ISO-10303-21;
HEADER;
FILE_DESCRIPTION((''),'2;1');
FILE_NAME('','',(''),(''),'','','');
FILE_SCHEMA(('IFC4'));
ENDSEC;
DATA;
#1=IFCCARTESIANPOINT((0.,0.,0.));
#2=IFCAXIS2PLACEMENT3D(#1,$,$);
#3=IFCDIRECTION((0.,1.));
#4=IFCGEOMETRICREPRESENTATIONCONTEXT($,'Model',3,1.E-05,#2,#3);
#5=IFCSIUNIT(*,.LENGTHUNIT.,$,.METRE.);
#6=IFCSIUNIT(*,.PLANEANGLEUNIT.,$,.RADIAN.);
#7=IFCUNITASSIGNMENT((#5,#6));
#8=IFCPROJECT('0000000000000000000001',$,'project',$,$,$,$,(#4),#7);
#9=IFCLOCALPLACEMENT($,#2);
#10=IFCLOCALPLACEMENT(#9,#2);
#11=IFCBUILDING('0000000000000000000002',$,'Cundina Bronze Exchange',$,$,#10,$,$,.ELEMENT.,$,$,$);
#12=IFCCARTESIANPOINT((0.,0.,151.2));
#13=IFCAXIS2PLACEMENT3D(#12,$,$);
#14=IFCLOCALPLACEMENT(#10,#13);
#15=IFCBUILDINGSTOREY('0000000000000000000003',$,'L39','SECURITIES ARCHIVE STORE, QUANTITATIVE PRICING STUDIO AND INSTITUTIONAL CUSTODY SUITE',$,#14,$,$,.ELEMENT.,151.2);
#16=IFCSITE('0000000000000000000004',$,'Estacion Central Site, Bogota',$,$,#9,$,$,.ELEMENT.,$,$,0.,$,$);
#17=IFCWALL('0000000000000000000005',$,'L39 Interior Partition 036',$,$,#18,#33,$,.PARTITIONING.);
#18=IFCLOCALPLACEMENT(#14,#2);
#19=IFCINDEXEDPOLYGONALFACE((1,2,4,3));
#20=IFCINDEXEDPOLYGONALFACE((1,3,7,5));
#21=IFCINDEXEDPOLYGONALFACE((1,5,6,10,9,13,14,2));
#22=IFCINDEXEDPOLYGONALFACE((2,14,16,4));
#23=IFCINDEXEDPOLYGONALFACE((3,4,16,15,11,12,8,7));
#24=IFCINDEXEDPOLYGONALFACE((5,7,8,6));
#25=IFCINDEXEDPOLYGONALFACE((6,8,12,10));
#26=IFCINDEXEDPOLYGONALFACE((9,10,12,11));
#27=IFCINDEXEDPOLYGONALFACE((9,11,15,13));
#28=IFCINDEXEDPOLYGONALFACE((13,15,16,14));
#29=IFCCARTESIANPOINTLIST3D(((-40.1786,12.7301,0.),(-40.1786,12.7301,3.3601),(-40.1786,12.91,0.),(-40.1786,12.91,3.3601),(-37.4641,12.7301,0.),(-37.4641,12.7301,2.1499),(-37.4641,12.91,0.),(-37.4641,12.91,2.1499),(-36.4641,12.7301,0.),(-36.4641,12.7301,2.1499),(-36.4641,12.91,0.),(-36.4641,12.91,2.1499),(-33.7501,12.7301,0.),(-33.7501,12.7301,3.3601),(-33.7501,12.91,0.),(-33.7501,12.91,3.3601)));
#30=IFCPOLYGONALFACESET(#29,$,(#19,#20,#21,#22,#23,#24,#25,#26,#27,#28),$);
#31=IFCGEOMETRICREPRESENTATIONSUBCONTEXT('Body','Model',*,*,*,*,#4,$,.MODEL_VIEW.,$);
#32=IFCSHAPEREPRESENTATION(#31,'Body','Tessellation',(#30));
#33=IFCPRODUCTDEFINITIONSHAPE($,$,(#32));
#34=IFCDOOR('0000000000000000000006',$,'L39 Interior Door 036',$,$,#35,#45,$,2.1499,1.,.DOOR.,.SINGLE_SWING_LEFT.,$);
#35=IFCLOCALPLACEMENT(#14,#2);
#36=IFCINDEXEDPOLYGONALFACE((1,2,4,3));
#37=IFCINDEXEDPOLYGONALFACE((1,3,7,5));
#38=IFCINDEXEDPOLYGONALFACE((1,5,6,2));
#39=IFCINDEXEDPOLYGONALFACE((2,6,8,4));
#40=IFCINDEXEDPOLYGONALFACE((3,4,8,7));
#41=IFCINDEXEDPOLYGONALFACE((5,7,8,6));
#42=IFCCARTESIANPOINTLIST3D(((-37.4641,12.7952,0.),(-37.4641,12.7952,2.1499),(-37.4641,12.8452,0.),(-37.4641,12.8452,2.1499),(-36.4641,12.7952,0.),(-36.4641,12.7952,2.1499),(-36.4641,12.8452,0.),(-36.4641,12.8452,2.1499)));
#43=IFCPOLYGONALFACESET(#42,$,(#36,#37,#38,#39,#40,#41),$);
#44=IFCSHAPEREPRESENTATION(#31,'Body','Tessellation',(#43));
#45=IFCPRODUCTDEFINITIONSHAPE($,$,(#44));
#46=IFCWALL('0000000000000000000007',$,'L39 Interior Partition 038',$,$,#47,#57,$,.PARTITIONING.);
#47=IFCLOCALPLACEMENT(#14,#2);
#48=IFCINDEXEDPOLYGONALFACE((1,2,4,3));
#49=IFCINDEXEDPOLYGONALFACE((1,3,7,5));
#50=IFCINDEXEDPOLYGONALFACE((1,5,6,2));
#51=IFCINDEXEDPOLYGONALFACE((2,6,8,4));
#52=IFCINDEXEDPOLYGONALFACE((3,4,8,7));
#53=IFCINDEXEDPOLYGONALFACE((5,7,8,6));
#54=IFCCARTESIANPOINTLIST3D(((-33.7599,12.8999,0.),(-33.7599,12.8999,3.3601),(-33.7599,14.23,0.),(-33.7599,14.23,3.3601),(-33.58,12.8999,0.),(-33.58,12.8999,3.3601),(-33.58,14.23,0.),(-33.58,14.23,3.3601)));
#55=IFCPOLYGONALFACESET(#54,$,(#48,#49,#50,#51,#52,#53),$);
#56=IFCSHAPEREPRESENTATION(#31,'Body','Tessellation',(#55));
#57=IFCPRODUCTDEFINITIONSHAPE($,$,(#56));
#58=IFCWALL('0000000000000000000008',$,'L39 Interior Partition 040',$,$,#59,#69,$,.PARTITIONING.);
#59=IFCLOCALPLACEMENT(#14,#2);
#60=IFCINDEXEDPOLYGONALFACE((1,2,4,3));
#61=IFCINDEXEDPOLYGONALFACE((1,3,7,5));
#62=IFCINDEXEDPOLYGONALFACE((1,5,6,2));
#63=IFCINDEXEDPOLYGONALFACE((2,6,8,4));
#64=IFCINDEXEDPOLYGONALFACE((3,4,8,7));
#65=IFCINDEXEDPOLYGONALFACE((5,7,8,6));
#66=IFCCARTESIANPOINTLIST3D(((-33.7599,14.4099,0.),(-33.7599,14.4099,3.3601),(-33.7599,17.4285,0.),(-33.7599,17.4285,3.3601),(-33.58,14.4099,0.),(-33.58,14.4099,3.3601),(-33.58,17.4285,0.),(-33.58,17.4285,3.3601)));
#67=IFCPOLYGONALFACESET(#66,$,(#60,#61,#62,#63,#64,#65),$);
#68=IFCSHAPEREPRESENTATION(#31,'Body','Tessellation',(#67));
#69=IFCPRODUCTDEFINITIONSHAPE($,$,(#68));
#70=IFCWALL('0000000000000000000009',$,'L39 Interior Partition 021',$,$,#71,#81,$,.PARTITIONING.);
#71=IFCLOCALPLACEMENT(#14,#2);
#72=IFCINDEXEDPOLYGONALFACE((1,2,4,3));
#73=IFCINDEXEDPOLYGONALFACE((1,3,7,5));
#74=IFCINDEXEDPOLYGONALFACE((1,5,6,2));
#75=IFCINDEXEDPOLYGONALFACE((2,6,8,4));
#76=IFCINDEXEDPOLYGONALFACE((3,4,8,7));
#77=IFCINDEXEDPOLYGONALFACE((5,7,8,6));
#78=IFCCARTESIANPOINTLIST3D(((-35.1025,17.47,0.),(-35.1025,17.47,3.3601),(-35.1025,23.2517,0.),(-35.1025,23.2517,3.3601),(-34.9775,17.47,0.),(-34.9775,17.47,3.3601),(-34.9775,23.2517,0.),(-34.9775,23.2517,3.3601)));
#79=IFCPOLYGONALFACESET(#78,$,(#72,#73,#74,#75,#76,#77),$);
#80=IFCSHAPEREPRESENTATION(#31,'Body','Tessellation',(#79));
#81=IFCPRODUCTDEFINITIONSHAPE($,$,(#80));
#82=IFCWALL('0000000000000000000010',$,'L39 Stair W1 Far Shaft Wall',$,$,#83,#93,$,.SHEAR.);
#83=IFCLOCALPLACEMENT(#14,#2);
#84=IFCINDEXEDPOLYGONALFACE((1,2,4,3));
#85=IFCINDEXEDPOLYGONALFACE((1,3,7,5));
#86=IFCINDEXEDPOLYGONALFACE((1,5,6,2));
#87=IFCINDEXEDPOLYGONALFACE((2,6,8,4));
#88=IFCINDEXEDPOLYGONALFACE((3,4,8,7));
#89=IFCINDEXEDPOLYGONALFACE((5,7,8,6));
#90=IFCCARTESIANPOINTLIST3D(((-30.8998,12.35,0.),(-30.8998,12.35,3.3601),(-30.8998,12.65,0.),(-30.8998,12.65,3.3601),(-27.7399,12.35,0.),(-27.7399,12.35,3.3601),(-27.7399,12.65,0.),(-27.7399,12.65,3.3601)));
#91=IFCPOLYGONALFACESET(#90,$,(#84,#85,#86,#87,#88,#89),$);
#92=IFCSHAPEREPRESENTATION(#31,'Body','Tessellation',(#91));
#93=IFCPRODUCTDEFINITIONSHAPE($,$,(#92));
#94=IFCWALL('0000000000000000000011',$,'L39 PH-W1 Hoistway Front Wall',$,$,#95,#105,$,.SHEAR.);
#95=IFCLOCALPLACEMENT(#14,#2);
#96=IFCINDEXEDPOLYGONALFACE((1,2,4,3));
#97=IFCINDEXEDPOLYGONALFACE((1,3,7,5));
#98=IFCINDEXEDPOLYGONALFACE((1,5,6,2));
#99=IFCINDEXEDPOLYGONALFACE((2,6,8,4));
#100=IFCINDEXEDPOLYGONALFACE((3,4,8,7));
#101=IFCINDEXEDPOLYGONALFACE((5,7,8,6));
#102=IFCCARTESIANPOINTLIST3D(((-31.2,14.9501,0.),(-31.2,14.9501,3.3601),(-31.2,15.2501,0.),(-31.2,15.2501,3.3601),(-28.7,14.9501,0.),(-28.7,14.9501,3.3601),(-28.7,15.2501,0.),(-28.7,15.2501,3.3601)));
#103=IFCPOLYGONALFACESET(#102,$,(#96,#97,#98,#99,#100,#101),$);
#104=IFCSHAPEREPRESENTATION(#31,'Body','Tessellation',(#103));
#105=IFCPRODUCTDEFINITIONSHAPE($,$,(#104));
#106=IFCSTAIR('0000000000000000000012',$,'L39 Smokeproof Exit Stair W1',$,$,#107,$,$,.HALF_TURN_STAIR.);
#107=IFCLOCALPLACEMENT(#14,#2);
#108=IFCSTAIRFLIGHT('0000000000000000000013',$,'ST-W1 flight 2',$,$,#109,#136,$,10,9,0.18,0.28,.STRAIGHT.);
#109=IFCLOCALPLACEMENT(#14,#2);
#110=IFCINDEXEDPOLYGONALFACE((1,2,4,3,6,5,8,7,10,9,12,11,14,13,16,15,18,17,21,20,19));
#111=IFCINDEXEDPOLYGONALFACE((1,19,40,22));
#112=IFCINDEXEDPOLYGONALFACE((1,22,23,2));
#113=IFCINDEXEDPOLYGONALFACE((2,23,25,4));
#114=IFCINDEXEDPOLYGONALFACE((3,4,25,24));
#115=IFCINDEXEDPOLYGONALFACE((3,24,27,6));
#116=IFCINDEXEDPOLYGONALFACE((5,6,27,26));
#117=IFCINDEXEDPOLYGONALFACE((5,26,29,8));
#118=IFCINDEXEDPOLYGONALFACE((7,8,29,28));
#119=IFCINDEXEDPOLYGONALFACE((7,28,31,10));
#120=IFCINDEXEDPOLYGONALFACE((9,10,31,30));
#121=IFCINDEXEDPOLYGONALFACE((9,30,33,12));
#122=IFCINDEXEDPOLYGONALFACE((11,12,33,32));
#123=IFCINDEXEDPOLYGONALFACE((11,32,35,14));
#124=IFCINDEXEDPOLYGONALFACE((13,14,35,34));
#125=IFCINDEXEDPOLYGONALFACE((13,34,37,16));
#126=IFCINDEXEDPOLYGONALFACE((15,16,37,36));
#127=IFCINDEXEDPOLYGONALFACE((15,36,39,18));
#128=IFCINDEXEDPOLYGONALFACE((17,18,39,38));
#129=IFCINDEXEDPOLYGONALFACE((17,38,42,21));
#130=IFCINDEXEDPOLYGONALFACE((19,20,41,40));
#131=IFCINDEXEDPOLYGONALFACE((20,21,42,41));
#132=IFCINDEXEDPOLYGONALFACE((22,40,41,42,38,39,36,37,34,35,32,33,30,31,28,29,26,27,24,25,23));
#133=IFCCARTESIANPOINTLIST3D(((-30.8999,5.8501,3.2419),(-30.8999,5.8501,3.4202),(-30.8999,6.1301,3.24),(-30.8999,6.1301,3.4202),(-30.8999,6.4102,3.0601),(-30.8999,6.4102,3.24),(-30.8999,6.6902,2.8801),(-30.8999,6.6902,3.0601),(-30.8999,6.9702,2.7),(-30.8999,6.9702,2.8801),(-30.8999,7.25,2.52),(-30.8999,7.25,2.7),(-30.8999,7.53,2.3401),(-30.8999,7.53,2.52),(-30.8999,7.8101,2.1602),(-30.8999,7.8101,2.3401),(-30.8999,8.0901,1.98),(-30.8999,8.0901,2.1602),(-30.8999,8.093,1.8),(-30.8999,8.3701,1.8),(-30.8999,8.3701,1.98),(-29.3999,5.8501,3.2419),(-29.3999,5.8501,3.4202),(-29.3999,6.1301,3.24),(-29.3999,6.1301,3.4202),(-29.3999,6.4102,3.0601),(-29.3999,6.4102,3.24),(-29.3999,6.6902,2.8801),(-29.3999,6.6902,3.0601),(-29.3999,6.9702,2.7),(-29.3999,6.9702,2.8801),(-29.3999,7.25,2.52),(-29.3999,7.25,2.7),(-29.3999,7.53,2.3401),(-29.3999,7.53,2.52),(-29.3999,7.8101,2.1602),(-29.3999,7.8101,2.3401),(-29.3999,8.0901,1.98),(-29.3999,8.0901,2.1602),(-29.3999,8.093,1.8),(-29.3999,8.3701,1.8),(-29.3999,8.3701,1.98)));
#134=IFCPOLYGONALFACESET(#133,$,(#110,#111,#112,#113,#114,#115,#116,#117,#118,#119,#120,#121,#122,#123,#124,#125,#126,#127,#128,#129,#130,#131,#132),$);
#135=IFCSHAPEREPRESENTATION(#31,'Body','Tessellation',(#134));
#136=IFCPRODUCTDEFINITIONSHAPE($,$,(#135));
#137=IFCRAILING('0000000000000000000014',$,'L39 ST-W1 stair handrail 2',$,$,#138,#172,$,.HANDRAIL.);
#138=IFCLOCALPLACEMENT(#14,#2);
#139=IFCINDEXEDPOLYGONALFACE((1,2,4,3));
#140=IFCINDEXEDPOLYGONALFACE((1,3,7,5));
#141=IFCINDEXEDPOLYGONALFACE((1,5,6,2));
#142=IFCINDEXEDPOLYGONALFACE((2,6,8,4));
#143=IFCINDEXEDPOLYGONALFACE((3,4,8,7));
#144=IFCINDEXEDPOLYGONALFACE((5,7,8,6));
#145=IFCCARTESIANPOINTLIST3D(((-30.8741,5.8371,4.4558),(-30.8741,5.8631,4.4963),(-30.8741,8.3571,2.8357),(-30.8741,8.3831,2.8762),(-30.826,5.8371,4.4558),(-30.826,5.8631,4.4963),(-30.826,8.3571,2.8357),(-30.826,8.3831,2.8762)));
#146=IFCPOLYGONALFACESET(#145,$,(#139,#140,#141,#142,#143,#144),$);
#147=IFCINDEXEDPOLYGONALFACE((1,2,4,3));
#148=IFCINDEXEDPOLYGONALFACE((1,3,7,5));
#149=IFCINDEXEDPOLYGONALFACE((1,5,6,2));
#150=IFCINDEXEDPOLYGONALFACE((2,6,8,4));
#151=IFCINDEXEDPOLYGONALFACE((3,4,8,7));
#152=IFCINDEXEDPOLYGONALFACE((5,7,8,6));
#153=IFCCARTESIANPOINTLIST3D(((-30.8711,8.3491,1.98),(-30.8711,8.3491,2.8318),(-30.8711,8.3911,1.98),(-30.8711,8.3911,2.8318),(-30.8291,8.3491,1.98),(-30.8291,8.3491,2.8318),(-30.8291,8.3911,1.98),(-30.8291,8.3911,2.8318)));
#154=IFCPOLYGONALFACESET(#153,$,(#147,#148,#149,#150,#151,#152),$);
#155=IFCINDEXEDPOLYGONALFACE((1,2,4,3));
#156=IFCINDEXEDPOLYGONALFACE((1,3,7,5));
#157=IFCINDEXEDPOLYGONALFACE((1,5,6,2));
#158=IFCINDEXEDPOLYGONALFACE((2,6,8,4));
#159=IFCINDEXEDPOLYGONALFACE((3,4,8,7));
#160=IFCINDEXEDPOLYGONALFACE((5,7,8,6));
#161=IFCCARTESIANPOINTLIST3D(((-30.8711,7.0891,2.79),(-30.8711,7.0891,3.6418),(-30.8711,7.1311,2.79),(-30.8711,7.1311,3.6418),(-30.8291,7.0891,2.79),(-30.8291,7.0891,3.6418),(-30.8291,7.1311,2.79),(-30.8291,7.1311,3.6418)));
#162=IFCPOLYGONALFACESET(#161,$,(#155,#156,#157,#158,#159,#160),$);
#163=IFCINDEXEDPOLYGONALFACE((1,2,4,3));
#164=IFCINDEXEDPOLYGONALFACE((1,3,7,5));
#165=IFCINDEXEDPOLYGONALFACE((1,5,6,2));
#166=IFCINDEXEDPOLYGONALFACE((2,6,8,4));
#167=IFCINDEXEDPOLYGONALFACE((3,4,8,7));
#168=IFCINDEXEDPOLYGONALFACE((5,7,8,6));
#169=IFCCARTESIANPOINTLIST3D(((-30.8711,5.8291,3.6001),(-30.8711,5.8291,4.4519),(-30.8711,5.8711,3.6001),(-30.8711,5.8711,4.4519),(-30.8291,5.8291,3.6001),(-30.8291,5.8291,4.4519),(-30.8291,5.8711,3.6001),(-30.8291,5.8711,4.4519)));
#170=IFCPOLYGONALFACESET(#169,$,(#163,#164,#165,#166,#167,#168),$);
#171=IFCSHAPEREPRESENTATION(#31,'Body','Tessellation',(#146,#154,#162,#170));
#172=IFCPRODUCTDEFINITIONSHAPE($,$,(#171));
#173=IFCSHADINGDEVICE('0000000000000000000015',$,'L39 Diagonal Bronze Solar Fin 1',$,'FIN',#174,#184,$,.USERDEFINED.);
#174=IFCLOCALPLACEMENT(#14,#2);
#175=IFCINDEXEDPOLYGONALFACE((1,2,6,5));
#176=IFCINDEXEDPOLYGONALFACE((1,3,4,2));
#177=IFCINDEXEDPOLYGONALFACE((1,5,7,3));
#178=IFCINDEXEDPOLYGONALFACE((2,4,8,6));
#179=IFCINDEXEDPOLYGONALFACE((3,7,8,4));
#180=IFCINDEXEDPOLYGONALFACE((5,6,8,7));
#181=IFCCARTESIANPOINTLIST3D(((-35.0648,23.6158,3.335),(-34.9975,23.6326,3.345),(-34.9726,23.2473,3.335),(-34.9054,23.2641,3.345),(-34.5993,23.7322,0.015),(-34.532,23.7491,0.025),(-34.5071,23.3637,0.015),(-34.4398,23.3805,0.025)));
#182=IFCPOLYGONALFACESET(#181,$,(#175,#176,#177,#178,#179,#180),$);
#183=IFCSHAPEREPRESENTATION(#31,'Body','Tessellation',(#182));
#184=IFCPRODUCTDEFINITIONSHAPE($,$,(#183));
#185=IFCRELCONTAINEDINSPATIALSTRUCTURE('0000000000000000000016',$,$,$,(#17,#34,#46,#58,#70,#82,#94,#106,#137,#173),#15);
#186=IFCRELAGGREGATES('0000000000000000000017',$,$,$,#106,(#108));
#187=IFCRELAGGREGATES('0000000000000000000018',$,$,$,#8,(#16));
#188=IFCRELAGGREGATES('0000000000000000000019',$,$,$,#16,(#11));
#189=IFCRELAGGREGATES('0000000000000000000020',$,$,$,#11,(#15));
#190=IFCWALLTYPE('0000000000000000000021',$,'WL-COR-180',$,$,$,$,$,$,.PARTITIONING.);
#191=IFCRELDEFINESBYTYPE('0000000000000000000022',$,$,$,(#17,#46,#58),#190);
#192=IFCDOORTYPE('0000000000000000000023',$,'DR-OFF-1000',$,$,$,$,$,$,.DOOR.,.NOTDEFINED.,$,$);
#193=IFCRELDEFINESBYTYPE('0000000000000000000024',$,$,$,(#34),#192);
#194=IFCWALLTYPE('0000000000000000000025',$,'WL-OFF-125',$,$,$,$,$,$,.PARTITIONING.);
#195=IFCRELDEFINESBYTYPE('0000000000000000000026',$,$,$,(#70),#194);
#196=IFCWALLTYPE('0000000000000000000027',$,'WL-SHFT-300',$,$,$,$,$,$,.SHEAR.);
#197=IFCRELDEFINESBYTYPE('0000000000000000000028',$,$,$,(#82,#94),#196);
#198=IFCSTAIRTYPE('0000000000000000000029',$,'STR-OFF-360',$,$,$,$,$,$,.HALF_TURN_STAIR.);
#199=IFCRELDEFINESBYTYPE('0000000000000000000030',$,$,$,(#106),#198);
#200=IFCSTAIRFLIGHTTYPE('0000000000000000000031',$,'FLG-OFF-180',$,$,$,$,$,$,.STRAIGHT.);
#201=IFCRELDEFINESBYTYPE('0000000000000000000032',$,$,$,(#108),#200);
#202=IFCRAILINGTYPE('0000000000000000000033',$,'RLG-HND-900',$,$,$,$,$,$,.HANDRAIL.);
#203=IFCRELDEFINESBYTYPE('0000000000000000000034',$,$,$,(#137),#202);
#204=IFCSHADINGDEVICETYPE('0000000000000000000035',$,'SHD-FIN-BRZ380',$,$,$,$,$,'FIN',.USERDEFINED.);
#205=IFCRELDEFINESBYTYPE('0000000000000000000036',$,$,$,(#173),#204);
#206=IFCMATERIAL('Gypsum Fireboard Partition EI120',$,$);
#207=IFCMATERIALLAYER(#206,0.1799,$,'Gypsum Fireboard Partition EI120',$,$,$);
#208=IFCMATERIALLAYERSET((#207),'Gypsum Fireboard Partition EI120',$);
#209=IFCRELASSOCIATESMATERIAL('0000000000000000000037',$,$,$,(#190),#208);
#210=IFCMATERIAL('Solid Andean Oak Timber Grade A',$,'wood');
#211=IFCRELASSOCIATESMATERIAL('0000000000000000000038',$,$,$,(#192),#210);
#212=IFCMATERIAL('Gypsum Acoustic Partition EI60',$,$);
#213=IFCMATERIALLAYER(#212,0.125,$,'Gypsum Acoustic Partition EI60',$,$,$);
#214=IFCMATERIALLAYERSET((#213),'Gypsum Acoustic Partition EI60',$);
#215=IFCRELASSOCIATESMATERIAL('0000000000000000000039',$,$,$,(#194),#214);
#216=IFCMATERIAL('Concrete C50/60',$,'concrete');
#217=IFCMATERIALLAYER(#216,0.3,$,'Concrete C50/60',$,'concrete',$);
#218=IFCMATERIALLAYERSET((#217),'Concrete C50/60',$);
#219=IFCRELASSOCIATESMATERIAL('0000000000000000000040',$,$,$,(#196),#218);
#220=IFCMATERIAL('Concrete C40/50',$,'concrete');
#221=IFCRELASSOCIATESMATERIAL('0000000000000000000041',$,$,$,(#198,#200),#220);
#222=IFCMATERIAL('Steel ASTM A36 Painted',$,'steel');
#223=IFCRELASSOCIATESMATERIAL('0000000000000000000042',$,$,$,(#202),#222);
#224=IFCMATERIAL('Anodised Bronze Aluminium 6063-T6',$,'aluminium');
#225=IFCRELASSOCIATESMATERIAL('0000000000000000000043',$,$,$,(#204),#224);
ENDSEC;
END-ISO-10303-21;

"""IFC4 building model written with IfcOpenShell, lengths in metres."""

from ifc_helpers import new_model, si_unit, direction, frame, frame_2d, origin, origin_2d, place, context, subcontext, project, spatial, polyline, rectangle, outline, extrude, material, layer, layer_set, material_profile, profile_set, type_object, element, fill, aggregate, save


model = new_model("IFC4")

# Units and contexts
model_context = context("Model", 3, precision=1e-05, world=origin(), true_north=direction((0.0, 1.0)))
body_context = subcontext(model_context, "Body", "Model", "MODEL_VIEW")
ifc_project = project(units=[si_unit("LENGTHUNIT", "METRE"), si_unit("PLANEANGLEUNIT", "RADIAN")], contexts=[model_context])

# Site, building, storey
site_placement = place(None, origin())
site = spatial("IfcSite", under=ifc_project, at=site_placement, Name="Estacion Central Site, Bogota", CompositionType="ELEMENT", RefElevation=0.0)
building_placement = place(site_placement, origin())
building = spatial("IfcBuilding", under=site, at=building_placement, Name="Cundina Bronze Exchange", CompositionType="ELEMENT")
storey_placement = place(building_placement, frame((0.0, 0.0, 151.2)))
storey = spatial("IfcBuildingStorey", under=building, at=storey_placement, Name="L39", Description="SECURITIES ARCHIVE STORE, QUANTITATIVE PRICING STUDIO AND INSTITUTIONAL CUSTODY SUITE", CompositionType="ELEMENT", Elevation=151.2)

# Shared definitions
ifc_material_1 = material(Name="Concrete C50/60", Category="concrete")

# Shared definitions
ifc_material_2 = material(Name="Anodised Bronze Aluminium 6063-T6", Category="aluminium")

# Shared definitions
ifc_material_3 = material(Name="Gypsum Fireboard Partition EI120")
ifc_layer_1 = layer(ifc_material_3, 0.1799, Name="Gypsum Fireboard Partition EI120")
ifc_layer_set_1 = layer_set([ifc_layer_1], Name="Gypsum Fireboard Partition EI120")
wall_type_1 = type_object("IfcWallType", Name="WL-COR-180", PredefinedType="PARTITIONING", material=ifc_layer_set_1)
ifc_material_4 = material(Name="Solid Andean Oak Timber Grade A", Category="wood")
door_type_1 = type_object("IfcDoorType", Name="DR-OFF-1000", OperationType="NOTDEFINED", PredefinedType="DOOR", material=ifc_material_4)

# Wall, opening, door
wall_1_placement = place(storey_placement, frame((-33.75, 12.8201, 0.0), z_axis=(0.0, 0.0, 1.0), x_axis=(-1.0, 0.0, 0.0)))
wall_1 = element("IfcWall", 1, at=wall_1_placement, inside=storey, type_object=wall_type_1, Name="L39 Interior Partition 036", PredefinedType="PARTITIONING", context=body_context, shape_type="SweptSolid", body=[
    extrude(rectangle(XDim=6.4285, YDim=0.1799, at=frame_2d((3.2144, 0.0))), origin(), (0.0, 0.0, 1.0), 3.3601),
])
opening_1_placement = place(wall_1_placement, frame((2.7141, 0.0, 0.0)))
opening_1 = element("IfcOpeningElement", 2, at=opening_1_placement, cuts=wall_1, PredefinedType="OPENING", context=body_context, shape_type="SweptSolid", body=[
    extrude(rectangle(XDim=1.0, YDim=2.1499, at=frame_2d((0.5, 1.075))), frame((0.0, 0.0999, 0.0), z_axis=(0.0, -1.0, 0.0), x_axis=(1.0, 0.0, 0.0)), (0.0, 0.0, 1.0), 0.2),
])
door_1_placement = place(opening_1_placement, origin())
door_1 = element("IfcDoor", 3, at=door_1_placement, inside=storey, type_object=door_type_1, Name="L39 Interior Door 036", OperationType="SINGLE_SWING_LEFT", OverallHeight=2.1499, OverallWidth=1.0, PredefinedType="DOOR", context=body_context, shape_type="SweptSolid", body=[
    extrude(rectangle(XDim=1.0, YDim=2.1499, at=frame_2d((0.5, 1.075))), frame((0.0, 0.0249, 0.0), z_axis=(0.0, -1.0, 0.0), x_axis=(1.0, 0.0, 0.0)), (0.0, 0.0, 1.0), 0.05),
])
fill(opening_1, door_1)

# Walls
wall_2_placement = place(storey_placement, frame((-33.6699, 14.23, 0.0), z_axis=(0.0, 0.0, 1.0), x_axis=(0.0, -1.0, 0.0)))
element("IfcWall", 4, at=wall_2_placement, inside=storey, type_object=wall_type_1, Name="L39 Interior Partition 038", PredefinedType="PARTITIONING", context=body_context, shape_type="SweptSolid", body=[
    extrude(rectangle(XDim=1.3301, YDim=0.1799, at=frame_2d((0.665, 0.0))), origin(), (0.0, 0.0, 1.0), 3.3601),
])
wall_3_placement = place(storey_placement, frame((-33.6699, 17.4285, 0.0), z_axis=(0.0, 0.0, 1.0), x_axis=(0.0, -1.0, 0.0)))
element("IfcWall", 5, at=wall_3_placement, inside=storey, type_object=wall_type_1, Name="L39 Interior Partition 040", PredefinedType="PARTITIONING", context=body_context, shape_type="SweptSolid", body=[
    extrude(rectangle(XDim=3.0186, YDim=0.1799, at=frame_2d((1.5093, 0.0))), origin(), (0.0, 0.0, 1.0), 3.3601),
])
ifc_material_5 = material(Name="Gypsum Acoustic Partition EI60")
ifc_layer_2 = layer(ifc_material_5, 0.125, Name="Gypsum Acoustic Partition EI60")
ifc_layer_set_2 = layer_set([ifc_layer_2], Name="Gypsum Acoustic Partition EI60")
wall_type_2 = type_object("IfcWallType", Name="WL-OFF-125", PredefinedType="PARTITIONING", material=ifc_layer_set_2)
wall_4_placement = place(storey_placement, frame((-35.04, 17.47, 0.0), z_axis=(0.0, 0.0, 1.0), x_axis=(0.0, 1.0, 0.0)))
element("IfcWall", 6, at=wall_4_placement, inside=storey, type_object=wall_type_2, Name="L39 Interior Partition 021", PredefinedType="PARTITIONING", context=body_context, shape_type="SweptSolid", body=[
    extrude(rectangle(XDim=5.7817, YDim=0.125, at=frame_2d((2.8909, 0.0))), origin(), (0.0, 0.0, 1.0), 3.3601),
])

# Shared definitions
ifc_layer_3 = layer(ifc_material_1, 0.3, Name="Concrete C50/60", Category="concrete")
ifc_layer_set_3 = layer_set([ifc_layer_3], Name="Concrete C50/60")
wall_type_3 = type_object("IfcWallType", Name="WL-SHFT-300", PredefinedType="SHEAR", material=ifc_layer_set_3)
ifc_material_6 = material(Name="Steel ASTM A36 Painted", Category="steel")

# Walls
wall_5_placement = place(storey_placement, frame((-30.8999, 12.5, 0.0), z_axis=(0.0, 0.0, 1.0), x_axis=(1.0, 0.0, 0.0)))
element("IfcWall", 7, at=wall_5_placement, inside=storey, type_object=wall_type_3, Name="L39 Stair W1 Far Shaft Wall", PredefinedType="SHEAR", context=body_context, shape_type="SweptSolid", body=[
    extrude(rectangle(XDim=3.1599, YDim=0.3, at=frame_2d((1.5801, 0.0))), origin(), (0.0, 0.0, 1.0), 3.3601),
])
wall_6_placement = place(storey_placement, frame((-31.2, 15.1001, 0.0), z_axis=(0.0, 0.0, 1.0), x_axis=(1.0, 0.0, 0.0)))
element("IfcWall", 8, at=wall_6_placement, inside=storey, type_object=wall_type_3, Name="L39 PH-W1 Hoistway Front Wall", PredefinedType="SHEAR", context=body_context, shape_type="SweptSolid", body=[
    extrude(rectangle(XDim=2.5, YDim=0.3, at=frame_2d((1.25, 0.0))), origin(), (0.0, 0.0, 1.0), 3.3601),
])

# Stair, stair flight
ifc_material_7 = material(Name="Concrete C40/50", Category="concrete")
stair_type = type_object("IfcStairType", Name="STR-OFF-360", PredefinedType="HALF_TURN_STAIR", material=ifc_material_7)
stair_placement = place(storey_placement, origin())
stair = element("IfcStair", 9, at=stair_placement, inside=storey, type_object=stair_type, Name="L39 Smokeproof Exit Stair W1", PredefinedType="HALF_TURN_STAIR")
stair_flight_type = type_object("IfcStairFlightType", Name="FLG-OFF-180", PredefinedType="STRAIGHT", material=ifc_material_7)
stair_flight_placement = place(storey_placement, frame((-30.1499, 8.3701, 1.8), z_axis=(0.0, 0.0, 1.0), x_axis=(0.0, -1.0, 0.0)))
stair_flight = element("IfcStairFlight", 10, at=stair_flight_placement, type_object=stair_flight_type, Name="ST-W1 flight 2", NumberOfRisers=10, NumberOfTreads=9, PredefinedType="STRAIGHT", RiserHeight=0.18, TreadLength=0.28, context=body_context, shape_type="SweptSolid", body=[
    extrude(outline(polyline([(0.0, 0.0), (0.0, 0.1799), (0.28, 0.1799), (0.28, 0.3601), (0.5601, 0.3601), (0.5601, 0.54), (0.8401, 0.54), (0.8401, 0.72), (1.1201, 0.72), (1.1201, 0.8999), (1.3999, 0.8999), (1.3999, 1.0801), (1.6799, 1.0801), (1.6799, 1.26), (1.96, 1.26), (1.96, 1.4399), (2.24, 1.4399), (2.24, 1.6201), (2.52, 1.6201), (2.52, 1.8), (2.52, 1.4419), (0.2771, 0.0), (0.0, 0.0)])), frame((0.0, 0.75, 0.0), z_axis=(0.0, -1.0, 0.0), x_axis=(1.0, 0.0, 0.0)), (0.0, 0.0, 1.0), 1.5),
])
aggregate(stair, [stair_flight])

# Railing
railing_type = type_object("IfcRailingType", Name="RLG-HND-900", PredefinedType="HANDRAIL", material=ifc_material_6)
railing_placement = place(storey_placement, frame((-30.8501, 8.3701, 1.98)))
element("IfcRailing", 11, at=railing_placement, inside=storey, type_object=railing_type, Name="L39 ST-W1 stair handrail 2", PredefinedType="HANDRAIL", context=body_context, shape_type="SweptSolid", body=[
    extrude(rectangle(XDim=0.0481, YDim=0.0481, at=origin_2d()), frame((0.0, 0.0, 0.876), z_axis=(0.0, -0.841163, 0.540782), x_axis=(1.0, 0.0, 0.0)), (0.0, 0.0, 1.0), 2.9958),
    extrude(rectangle(XDim=0.042, YDim=0.042, at=origin_2d()), origin(), (0.0, 0.0, 1.0), 0.8518),
    extrude(rectangle(XDim=0.042, YDim=0.042, at=origin_2d()), frame((0.0, -1.26, 0.8101)), (0.0, 0.0, 1.0), 0.8518),
    extrude(rectangle(XDim=0.042, YDim=0.042, at=origin_2d()), frame((0.0, -2.52, 1.6201)), (0.0, 0.0, 1.0), 0.8518),
])

# Shading device
ifc_material_profile_1 = material_profile(ifc_material_2, rectangle(XDim=0.0701, YDim=0.3799, at=origin_2d()), Name="FIN70X380", Category="aluminium")
ifc_profile_set_1 = profile_set([ifc_material_profile_1], Name="Anodised Bronze Aluminium 6063-T6")
shading_device_type = type_object("IfcShadingDeviceType", Name="SHD-FIN-BRZ380", ElementType="FIN", PredefinedType="USERDEFINED", material=ifc_profile_set_1)
shading_device_placement = place(storey_placement, frame((-34.5195, 23.5564, 0.02), z_axis=(-0.138788, -0.034715, 0.989713), x_axis=(0.960133, 0.240159, 0.143064)))
element("IfcShadingDevice", 12, at=shading_device_placement, inside=storey, type_object=shading_device_type, Name="L39 Diagonal Bronze Solar Fin 1", ObjectType="FIN", PredefinedType="USERDEFINED", context=body_context, shape_type="SweptSolid", body=[
    extrude(rectangle(XDim=0.0701, YDim=0.3799, at=origin_2d()), origin(), (0.0, 0.0, 1.0), 3.3545),
])

save(model, "model.ifc")
